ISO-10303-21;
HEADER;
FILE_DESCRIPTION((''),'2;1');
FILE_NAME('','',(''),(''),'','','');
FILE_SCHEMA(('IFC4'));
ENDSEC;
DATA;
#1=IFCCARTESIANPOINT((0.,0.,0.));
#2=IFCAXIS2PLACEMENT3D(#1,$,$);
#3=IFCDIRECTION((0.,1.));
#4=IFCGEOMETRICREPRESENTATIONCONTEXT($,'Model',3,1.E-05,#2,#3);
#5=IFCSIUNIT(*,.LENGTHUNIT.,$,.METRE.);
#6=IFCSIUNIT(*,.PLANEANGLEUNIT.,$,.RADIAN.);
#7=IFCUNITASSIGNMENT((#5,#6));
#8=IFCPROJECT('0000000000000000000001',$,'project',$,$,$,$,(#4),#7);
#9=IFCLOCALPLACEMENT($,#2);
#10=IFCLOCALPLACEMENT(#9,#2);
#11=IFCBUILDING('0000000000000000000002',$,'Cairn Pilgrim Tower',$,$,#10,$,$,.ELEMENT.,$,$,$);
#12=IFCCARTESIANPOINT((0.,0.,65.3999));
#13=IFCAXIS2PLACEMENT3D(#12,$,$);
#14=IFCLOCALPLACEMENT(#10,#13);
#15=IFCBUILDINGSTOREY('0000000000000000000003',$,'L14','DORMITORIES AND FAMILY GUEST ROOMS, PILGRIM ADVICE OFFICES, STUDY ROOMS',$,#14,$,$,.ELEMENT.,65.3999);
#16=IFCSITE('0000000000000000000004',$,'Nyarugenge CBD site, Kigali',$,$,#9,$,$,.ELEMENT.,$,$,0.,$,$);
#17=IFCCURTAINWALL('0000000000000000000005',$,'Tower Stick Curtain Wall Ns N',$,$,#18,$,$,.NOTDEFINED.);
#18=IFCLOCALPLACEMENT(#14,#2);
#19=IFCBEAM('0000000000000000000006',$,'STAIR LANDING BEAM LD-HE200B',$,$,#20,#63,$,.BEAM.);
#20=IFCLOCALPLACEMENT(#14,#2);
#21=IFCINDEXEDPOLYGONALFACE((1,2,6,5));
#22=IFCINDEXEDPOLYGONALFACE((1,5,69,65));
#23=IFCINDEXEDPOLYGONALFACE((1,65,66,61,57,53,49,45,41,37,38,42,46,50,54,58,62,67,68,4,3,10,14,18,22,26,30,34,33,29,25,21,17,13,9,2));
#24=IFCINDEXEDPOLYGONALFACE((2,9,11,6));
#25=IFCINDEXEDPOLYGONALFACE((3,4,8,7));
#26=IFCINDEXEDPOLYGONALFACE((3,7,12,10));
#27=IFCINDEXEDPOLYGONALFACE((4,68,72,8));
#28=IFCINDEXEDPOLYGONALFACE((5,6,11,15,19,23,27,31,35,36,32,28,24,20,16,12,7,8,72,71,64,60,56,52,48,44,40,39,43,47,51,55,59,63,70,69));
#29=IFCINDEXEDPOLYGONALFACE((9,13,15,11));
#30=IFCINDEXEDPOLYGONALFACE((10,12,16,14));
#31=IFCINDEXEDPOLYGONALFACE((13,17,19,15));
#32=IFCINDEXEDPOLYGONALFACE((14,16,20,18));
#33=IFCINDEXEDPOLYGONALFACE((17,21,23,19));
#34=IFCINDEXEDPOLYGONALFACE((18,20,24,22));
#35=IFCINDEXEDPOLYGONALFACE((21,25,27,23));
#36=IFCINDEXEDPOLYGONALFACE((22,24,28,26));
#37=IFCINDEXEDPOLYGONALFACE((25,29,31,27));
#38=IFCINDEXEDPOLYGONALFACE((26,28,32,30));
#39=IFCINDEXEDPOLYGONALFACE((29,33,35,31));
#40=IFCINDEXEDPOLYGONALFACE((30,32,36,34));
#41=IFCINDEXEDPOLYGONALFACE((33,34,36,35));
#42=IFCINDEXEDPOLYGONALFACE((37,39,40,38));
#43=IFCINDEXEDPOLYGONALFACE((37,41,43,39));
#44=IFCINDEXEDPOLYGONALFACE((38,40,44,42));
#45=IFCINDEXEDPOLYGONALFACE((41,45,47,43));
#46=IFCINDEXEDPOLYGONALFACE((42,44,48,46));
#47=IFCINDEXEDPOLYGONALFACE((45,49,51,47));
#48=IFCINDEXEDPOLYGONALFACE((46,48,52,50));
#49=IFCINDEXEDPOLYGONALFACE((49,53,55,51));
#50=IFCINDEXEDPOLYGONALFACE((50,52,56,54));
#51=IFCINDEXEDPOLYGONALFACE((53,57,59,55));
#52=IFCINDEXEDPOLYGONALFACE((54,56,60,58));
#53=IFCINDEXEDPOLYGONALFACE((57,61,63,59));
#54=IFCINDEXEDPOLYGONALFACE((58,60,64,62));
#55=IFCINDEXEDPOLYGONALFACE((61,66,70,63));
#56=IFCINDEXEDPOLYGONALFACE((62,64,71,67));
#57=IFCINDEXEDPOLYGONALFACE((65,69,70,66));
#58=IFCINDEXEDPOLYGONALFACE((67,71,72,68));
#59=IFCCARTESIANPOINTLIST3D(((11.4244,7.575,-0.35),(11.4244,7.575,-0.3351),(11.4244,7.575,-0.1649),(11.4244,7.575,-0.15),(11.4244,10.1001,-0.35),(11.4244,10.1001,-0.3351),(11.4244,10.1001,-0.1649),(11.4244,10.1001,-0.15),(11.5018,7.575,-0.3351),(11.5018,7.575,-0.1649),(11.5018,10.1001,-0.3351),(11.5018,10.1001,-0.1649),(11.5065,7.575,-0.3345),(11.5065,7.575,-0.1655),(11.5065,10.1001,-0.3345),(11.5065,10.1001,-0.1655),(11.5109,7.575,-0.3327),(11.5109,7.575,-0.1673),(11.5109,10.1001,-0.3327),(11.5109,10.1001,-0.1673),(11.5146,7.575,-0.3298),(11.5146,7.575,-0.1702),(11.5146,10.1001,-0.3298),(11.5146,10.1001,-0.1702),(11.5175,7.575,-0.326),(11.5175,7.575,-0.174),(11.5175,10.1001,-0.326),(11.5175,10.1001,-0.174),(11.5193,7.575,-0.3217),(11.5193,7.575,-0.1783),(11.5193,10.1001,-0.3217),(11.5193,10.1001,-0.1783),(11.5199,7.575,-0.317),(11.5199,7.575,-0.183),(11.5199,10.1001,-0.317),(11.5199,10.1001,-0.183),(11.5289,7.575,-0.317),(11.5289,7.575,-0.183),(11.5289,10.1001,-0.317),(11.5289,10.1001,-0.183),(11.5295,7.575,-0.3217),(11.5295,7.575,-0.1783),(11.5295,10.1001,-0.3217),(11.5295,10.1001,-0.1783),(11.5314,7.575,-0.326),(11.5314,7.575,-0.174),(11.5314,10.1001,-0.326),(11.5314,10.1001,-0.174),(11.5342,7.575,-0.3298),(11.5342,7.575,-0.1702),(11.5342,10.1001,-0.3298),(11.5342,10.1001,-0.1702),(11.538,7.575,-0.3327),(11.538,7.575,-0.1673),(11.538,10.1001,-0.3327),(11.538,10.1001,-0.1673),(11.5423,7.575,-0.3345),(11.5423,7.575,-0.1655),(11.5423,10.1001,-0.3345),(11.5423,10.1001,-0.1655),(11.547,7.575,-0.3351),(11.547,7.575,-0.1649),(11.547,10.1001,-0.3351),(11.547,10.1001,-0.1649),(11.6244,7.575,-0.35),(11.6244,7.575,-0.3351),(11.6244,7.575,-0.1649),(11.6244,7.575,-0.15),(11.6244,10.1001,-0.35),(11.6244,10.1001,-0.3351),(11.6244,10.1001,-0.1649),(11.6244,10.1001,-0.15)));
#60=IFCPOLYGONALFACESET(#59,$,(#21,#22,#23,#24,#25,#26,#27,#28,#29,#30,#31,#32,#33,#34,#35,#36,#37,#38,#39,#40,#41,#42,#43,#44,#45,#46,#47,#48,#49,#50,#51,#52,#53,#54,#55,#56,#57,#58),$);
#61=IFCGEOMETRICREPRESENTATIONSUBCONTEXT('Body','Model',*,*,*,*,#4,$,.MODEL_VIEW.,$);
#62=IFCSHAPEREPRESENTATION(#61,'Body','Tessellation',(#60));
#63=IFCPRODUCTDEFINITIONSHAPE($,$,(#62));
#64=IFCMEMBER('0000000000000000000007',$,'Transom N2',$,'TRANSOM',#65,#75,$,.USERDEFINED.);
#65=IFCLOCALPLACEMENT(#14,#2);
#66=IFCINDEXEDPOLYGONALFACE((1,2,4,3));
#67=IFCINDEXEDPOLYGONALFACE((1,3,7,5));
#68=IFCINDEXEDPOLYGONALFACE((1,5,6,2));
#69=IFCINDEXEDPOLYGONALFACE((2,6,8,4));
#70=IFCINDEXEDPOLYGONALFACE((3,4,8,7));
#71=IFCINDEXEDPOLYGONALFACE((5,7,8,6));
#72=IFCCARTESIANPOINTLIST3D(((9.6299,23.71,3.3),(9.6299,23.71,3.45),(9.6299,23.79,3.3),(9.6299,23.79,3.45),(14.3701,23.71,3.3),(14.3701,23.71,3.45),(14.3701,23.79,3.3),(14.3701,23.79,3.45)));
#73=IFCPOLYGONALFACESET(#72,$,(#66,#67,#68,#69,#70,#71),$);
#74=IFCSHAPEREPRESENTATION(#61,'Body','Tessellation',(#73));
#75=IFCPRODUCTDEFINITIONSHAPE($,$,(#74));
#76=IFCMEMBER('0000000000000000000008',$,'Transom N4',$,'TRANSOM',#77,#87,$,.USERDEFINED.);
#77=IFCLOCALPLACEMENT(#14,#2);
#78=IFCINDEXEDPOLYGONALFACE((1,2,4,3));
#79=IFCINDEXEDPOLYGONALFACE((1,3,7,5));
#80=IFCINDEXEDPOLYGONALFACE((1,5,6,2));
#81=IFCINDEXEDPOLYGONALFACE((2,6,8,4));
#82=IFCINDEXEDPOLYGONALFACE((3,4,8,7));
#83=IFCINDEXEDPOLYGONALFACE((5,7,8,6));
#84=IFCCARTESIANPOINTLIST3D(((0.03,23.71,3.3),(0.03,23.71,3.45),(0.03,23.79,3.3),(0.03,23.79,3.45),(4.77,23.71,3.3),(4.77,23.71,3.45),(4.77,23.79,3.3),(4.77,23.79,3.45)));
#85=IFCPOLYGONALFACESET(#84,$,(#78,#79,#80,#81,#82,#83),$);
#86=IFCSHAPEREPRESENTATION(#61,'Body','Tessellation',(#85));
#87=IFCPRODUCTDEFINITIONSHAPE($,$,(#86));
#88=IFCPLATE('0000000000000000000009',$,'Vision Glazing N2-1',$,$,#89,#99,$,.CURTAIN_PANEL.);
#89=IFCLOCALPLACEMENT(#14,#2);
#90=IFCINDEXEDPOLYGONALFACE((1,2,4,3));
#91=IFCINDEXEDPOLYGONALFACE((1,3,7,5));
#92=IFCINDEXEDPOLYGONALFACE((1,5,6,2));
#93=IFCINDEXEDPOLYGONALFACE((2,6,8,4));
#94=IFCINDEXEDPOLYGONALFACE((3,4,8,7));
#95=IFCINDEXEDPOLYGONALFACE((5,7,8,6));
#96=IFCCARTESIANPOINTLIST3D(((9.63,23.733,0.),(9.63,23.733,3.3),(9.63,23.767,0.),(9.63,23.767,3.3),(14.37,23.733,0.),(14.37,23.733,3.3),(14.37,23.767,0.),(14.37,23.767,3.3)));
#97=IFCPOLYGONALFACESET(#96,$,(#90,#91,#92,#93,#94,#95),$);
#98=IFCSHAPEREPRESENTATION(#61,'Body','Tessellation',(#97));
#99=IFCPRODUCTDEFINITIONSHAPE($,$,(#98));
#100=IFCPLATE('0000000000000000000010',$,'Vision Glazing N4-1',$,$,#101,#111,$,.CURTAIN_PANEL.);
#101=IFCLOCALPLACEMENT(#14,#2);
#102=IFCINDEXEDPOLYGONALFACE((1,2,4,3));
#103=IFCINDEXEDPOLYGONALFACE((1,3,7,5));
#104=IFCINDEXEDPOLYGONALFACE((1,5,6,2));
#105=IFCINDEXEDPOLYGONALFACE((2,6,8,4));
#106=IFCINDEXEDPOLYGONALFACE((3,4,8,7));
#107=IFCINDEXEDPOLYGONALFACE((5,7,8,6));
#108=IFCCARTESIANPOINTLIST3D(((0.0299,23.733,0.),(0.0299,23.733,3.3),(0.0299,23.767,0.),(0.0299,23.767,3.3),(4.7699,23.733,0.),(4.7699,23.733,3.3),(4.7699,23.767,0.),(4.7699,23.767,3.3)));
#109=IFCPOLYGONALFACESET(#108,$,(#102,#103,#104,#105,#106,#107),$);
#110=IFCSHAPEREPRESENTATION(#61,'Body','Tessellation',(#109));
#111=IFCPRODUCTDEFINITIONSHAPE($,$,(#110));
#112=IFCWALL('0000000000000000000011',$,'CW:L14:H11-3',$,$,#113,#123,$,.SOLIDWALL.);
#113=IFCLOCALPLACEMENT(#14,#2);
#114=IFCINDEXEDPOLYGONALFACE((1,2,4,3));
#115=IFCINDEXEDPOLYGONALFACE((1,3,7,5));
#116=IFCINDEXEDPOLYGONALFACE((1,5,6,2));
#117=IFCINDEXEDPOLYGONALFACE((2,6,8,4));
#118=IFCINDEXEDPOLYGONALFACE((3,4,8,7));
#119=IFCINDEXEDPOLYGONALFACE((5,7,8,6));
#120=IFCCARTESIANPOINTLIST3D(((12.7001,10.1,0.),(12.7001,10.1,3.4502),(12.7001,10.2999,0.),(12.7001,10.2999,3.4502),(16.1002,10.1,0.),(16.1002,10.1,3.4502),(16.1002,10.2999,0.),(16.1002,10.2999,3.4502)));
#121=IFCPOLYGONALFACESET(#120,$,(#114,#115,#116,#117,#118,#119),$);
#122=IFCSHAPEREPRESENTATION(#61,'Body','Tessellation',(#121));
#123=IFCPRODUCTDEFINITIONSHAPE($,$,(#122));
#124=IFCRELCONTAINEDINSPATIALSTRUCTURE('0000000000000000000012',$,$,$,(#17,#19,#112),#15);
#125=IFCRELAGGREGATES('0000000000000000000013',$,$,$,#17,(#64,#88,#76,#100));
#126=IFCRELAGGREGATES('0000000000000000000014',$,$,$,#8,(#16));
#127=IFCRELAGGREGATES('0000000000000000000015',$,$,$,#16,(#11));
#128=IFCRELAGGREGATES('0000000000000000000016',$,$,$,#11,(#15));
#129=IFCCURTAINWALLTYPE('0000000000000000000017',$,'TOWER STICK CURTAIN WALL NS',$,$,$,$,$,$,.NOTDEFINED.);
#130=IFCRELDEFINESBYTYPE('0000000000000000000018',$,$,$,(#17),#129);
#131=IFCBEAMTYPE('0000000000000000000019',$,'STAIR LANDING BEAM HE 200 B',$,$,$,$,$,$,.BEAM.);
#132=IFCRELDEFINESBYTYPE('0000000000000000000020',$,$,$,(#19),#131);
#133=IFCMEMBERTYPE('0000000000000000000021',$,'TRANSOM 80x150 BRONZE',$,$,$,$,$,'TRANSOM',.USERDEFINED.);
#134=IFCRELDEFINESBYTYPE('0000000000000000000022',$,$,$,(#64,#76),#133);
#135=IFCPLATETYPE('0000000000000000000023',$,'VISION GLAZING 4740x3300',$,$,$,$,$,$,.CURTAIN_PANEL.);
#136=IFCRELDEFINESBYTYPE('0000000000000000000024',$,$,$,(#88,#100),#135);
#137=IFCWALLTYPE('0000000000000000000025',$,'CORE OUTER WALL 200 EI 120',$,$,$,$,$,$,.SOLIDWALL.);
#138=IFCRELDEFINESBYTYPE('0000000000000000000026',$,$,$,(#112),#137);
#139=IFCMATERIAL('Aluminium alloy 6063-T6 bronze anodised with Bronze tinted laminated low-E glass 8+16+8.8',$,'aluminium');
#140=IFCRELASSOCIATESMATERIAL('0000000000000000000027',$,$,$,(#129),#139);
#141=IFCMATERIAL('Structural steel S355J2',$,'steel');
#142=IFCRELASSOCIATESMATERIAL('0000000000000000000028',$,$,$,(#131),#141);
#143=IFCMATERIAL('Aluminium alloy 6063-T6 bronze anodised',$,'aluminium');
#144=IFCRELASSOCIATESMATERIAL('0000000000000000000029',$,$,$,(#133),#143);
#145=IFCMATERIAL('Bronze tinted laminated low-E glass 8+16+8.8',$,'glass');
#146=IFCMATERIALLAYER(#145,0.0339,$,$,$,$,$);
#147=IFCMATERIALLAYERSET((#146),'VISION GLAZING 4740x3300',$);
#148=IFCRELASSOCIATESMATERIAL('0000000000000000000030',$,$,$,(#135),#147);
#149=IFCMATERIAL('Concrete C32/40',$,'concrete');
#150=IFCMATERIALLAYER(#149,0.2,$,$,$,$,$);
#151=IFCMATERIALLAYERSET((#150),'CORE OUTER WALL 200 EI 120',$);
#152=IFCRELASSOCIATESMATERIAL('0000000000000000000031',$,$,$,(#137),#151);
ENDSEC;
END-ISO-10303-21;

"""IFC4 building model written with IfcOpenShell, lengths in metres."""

from ifc_helpers import new_model, si_unit, direction, frame, frame_2d, origin, origin_2d, place, context, subcontext, project, spatial, rectangle, i_section, extrude, material, layer, layer_set, material_profile, profile_set, type_object, element, aggregate, save


model = new_model("IFC4")

# Units and contexts
model_context = context("Model", 3, precision=1e-05, world=origin(), true_north=direction((0.0, 1.0)))
body_context = subcontext(model_context, "Body", "Model", "MODEL_VIEW")
ifc_project = project(units=[si_unit("LENGTHUNIT", "METRE"), si_unit("PLANEANGLEUNIT", "RADIAN")], contexts=[model_context])

# Site, building, storey
site_placement = place(None, origin())
site = spatial("IfcSite", under=ifc_project, at=site_placement, Name="Nyarugenge CBD site, Kigali", CompositionType="ELEMENT", RefElevation=0.0)
building_placement = place(site_placement, origin())
building = spatial("IfcBuilding", under=site, at=building_placement, Name="Cairn Pilgrim Tower", CompositionType="ELEMENT")
storey_placement = place(building_placement, frame((0.0, 0.0, 65.3999)))
storey = spatial("IfcBuildingStorey", under=building, at=storey_placement, Name="L14", Description="DORMITORIES AND FAMILY GUEST ROOMS, PILGRIM ADVICE OFFICES, STUDY ROOMS", CompositionType="ELEMENT", Elevation=65.3999)

# Curtain wall
ifc_material_1 = material(Name="Aluminium alloy 6063-T6 bronze anodised with Bronze tinted laminated low-E glass 8+16+8.8", Category="aluminium")
curtain_wall_type = type_object("IfcCurtainWallType", Name="TOWER STICK CURTAIN WALL NS", PredefinedType="NOTDEFINED", material=ifc_material_1)
curtain_wall_placement = place(storey_placement, origin())
curtain_wall = element("IfcCurtainWall", 1, at=curtain_wall_placement, inside=storey, type_object=curtain_wall_type, Name="Tower Stick Curtain Wall Ns N", PredefinedType="NOTDEFINED")
ifc_material_2 = material(Name="Aluminium alloy 6063-T6 bronze anodised", Category="aluminium")

# Beam
ifc_material_3 = material(Name="Structural steel S355J2", Category="steel")
ifc_material_profile_1 = material_profile(ifc_material_3, i_section(OverallWidth=0.2, OverallDepth=0.2, WebThickness=0.009, FlangeThickness=0.0149, FilletRadius=0.0181, at=origin_2d()), Name="HE 200 B")
ifc_profile_set_1 = profile_set([ifc_material_profile_1], Name="Structural steel S355J2")
beam_type_1 = type_object("IfcBeamType", Name="STAIR LANDING BEAM HE 200 B", PredefinedType="BEAM", material=ifc_profile_set_1)
beam_1_placement = place(storey_placement, frame((11.5244, 10.1001, -0.25), z_axis=(0.0, -1.0, 0.0), x_axis=(1.0, 0.0, 0.0)))
element("IfcBeam", 2, at=beam_1_placement, inside=storey, type_object=beam_type_1, Name="STAIR LANDING BEAM LD-HE200B", PredefinedType="BEAM", context=body_context, shape_type="SweptSolid", body=[
    extrude(i_section(OverallWidth=0.2, OverallDepth=0.2, WebThickness=0.009, FlangeThickness=0.0149, FilletRadius=0.0181, at=origin_2d()), origin(), (0.0, 0.0, 1.0), 2.5251),
])

# Members
ifc_material_profile_2 = material_profile(ifc_material_2, rectangle(XDim=0.0801, YDim=0.1499, at=origin_2d()), Name="TRANSOM 80x150 BRONZE")
ifc_profile_set_2 = profile_set([ifc_material_profile_2], Name="Aluminium alloy 6063-T6 bronze anodised")
member_type_1 = type_object("IfcMemberType", Name="TRANSOM 80x150 BRONZE", ElementType="TRANSOM", PredefinedType="USERDEFINED", material=ifc_profile_set_2)
member_1_placement = place(storey_placement, frame((14.3701, 23.75, 3.375), z_axis=(-1.0, 0.0, 0.0), x_axis=(0.0, -1.0, 0.0)))
member_1 = element("IfcMember", 3, at=member_1_placement, type_object=member_type_1, Name="Transom N2", ObjectType="TRANSOM", PredefinedType="USERDEFINED", context=body_context, shape_type="SweptSolid", body=[
    extrude(rectangle(XDim=0.0801, YDim=0.1499, at=origin_2d()), origin(), (0.0, 0.0, 1.0), 4.7402),
])
member_2_placement = place(storey_placement, frame((4.77, 23.75, 3.375), z_axis=(-1.0, 0.0, 0.0), x_axis=(0.0, -1.0, 0.0)))
member_2 = element("IfcMember", 4, at=member_2_placement, type_object=member_type_1, Name="Transom N4", ObjectType="TRANSOM", PredefinedType="USERDEFINED", context=body_context, shape_type="SweptSolid", body=[
    extrude(rectangle(XDim=0.0801, YDim=0.1499, at=origin_2d()), origin(), (0.0, 0.0, 1.0), 4.74),
])

# Plates
ifc_material_4 = material(Name="Bronze tinted laminated low-E glass 8+16+8.8", Category="glass")
ifc_layer_1 = layer(ifc_material_4, 0.0339)
ifc_layer_set_1 = layer_set([ifc_layer_1], Name="VISION GLAZING 4740x3300")
plate_type = type_object("IfcPlateType", Name="VISION GLAZING 4740x3300", PredefinedType="CURTAIN_PANEL", material=ifc_layer_set_1)
plate_1_placement = place(storey_placement, frame((12.0, 23.75, 0.0), z_axis=(0.0, 0.0, 1.0), x_axis=(-1.0, 0.0, 0.0)))
plate_1 = element("IfcPlate", 5, at=plate_1_placement, type_object=plate_type, Name="Vision Glazing N2-1", PredefinedType="CURTAIN_PANEL", context=body_context, shape_type="SweptSolid", body=[
    extrude(rectangle(XDim=4.74, YDim=0.0339, at=origin_2d()), origin(), (0.0, 0.0, 1.0), 3.3),
])
plate_2_placement = place(storey_placement, frame((2.3999, 23.75, 0.0), z_axis=(0.0, 0.0, 1.0), x_axis=(-1.0, 0.0, 0.0)))
plate_2 = element("IfcPlate", 6, at=plate_2_placement, type_object=plate_type, Name="Vision Glazing N4-1", PredefinedType="CURTAIN_PANEL", context=body_context, shape_type="SweptSolid", body=[
    extrude(rectangle(XDim=4.74, YDim=0.0339, at=origin_2d()), origin(), (0.0, 0.0, 1.0), 3.3),
])
aggregate(curtain_wall, [member_1, plate_1, member_2, plate_2])

# Wall
ifc_material_5 = material(Name="Concrete C32/40", Category="concrete")
ifc_layer_2 = layer(ifc_material_5, 0.2)
ifc_layer_set_2 = layer_set([ifc_layer_2], Name="CORE OUTER WALL 200 EI 120")
wall_type_1 = type_object("IfcWallType", Name="CORE OUTER WALL 200 EI 120", PredefinedType="SOLIDWALL", material=ifc_layer_set_2)
wall_1_placement = place(storey_placement, frame((12.7, 10.2, 0.0), z_axis=(0.0, 0.0, 1.0), x_axis=(1.0, 0.0, 0.0)))
element("IfcWall", 7, at=wall_1_placement, inside=storey, type_object=wall_type_1, Name="CW:L14:H11-3", PredefinedType="SOLIDWALL", context=body_context, shape_type="SweptSolid", body=[
    extrude(rectangle(XDim=3.4001, YDim=0.2, at=frame_2d((1.7002, 0.0))), origin(), (0.0, 0.0, 1.0), 3.4502),
])

save(model, "model.ifc")
